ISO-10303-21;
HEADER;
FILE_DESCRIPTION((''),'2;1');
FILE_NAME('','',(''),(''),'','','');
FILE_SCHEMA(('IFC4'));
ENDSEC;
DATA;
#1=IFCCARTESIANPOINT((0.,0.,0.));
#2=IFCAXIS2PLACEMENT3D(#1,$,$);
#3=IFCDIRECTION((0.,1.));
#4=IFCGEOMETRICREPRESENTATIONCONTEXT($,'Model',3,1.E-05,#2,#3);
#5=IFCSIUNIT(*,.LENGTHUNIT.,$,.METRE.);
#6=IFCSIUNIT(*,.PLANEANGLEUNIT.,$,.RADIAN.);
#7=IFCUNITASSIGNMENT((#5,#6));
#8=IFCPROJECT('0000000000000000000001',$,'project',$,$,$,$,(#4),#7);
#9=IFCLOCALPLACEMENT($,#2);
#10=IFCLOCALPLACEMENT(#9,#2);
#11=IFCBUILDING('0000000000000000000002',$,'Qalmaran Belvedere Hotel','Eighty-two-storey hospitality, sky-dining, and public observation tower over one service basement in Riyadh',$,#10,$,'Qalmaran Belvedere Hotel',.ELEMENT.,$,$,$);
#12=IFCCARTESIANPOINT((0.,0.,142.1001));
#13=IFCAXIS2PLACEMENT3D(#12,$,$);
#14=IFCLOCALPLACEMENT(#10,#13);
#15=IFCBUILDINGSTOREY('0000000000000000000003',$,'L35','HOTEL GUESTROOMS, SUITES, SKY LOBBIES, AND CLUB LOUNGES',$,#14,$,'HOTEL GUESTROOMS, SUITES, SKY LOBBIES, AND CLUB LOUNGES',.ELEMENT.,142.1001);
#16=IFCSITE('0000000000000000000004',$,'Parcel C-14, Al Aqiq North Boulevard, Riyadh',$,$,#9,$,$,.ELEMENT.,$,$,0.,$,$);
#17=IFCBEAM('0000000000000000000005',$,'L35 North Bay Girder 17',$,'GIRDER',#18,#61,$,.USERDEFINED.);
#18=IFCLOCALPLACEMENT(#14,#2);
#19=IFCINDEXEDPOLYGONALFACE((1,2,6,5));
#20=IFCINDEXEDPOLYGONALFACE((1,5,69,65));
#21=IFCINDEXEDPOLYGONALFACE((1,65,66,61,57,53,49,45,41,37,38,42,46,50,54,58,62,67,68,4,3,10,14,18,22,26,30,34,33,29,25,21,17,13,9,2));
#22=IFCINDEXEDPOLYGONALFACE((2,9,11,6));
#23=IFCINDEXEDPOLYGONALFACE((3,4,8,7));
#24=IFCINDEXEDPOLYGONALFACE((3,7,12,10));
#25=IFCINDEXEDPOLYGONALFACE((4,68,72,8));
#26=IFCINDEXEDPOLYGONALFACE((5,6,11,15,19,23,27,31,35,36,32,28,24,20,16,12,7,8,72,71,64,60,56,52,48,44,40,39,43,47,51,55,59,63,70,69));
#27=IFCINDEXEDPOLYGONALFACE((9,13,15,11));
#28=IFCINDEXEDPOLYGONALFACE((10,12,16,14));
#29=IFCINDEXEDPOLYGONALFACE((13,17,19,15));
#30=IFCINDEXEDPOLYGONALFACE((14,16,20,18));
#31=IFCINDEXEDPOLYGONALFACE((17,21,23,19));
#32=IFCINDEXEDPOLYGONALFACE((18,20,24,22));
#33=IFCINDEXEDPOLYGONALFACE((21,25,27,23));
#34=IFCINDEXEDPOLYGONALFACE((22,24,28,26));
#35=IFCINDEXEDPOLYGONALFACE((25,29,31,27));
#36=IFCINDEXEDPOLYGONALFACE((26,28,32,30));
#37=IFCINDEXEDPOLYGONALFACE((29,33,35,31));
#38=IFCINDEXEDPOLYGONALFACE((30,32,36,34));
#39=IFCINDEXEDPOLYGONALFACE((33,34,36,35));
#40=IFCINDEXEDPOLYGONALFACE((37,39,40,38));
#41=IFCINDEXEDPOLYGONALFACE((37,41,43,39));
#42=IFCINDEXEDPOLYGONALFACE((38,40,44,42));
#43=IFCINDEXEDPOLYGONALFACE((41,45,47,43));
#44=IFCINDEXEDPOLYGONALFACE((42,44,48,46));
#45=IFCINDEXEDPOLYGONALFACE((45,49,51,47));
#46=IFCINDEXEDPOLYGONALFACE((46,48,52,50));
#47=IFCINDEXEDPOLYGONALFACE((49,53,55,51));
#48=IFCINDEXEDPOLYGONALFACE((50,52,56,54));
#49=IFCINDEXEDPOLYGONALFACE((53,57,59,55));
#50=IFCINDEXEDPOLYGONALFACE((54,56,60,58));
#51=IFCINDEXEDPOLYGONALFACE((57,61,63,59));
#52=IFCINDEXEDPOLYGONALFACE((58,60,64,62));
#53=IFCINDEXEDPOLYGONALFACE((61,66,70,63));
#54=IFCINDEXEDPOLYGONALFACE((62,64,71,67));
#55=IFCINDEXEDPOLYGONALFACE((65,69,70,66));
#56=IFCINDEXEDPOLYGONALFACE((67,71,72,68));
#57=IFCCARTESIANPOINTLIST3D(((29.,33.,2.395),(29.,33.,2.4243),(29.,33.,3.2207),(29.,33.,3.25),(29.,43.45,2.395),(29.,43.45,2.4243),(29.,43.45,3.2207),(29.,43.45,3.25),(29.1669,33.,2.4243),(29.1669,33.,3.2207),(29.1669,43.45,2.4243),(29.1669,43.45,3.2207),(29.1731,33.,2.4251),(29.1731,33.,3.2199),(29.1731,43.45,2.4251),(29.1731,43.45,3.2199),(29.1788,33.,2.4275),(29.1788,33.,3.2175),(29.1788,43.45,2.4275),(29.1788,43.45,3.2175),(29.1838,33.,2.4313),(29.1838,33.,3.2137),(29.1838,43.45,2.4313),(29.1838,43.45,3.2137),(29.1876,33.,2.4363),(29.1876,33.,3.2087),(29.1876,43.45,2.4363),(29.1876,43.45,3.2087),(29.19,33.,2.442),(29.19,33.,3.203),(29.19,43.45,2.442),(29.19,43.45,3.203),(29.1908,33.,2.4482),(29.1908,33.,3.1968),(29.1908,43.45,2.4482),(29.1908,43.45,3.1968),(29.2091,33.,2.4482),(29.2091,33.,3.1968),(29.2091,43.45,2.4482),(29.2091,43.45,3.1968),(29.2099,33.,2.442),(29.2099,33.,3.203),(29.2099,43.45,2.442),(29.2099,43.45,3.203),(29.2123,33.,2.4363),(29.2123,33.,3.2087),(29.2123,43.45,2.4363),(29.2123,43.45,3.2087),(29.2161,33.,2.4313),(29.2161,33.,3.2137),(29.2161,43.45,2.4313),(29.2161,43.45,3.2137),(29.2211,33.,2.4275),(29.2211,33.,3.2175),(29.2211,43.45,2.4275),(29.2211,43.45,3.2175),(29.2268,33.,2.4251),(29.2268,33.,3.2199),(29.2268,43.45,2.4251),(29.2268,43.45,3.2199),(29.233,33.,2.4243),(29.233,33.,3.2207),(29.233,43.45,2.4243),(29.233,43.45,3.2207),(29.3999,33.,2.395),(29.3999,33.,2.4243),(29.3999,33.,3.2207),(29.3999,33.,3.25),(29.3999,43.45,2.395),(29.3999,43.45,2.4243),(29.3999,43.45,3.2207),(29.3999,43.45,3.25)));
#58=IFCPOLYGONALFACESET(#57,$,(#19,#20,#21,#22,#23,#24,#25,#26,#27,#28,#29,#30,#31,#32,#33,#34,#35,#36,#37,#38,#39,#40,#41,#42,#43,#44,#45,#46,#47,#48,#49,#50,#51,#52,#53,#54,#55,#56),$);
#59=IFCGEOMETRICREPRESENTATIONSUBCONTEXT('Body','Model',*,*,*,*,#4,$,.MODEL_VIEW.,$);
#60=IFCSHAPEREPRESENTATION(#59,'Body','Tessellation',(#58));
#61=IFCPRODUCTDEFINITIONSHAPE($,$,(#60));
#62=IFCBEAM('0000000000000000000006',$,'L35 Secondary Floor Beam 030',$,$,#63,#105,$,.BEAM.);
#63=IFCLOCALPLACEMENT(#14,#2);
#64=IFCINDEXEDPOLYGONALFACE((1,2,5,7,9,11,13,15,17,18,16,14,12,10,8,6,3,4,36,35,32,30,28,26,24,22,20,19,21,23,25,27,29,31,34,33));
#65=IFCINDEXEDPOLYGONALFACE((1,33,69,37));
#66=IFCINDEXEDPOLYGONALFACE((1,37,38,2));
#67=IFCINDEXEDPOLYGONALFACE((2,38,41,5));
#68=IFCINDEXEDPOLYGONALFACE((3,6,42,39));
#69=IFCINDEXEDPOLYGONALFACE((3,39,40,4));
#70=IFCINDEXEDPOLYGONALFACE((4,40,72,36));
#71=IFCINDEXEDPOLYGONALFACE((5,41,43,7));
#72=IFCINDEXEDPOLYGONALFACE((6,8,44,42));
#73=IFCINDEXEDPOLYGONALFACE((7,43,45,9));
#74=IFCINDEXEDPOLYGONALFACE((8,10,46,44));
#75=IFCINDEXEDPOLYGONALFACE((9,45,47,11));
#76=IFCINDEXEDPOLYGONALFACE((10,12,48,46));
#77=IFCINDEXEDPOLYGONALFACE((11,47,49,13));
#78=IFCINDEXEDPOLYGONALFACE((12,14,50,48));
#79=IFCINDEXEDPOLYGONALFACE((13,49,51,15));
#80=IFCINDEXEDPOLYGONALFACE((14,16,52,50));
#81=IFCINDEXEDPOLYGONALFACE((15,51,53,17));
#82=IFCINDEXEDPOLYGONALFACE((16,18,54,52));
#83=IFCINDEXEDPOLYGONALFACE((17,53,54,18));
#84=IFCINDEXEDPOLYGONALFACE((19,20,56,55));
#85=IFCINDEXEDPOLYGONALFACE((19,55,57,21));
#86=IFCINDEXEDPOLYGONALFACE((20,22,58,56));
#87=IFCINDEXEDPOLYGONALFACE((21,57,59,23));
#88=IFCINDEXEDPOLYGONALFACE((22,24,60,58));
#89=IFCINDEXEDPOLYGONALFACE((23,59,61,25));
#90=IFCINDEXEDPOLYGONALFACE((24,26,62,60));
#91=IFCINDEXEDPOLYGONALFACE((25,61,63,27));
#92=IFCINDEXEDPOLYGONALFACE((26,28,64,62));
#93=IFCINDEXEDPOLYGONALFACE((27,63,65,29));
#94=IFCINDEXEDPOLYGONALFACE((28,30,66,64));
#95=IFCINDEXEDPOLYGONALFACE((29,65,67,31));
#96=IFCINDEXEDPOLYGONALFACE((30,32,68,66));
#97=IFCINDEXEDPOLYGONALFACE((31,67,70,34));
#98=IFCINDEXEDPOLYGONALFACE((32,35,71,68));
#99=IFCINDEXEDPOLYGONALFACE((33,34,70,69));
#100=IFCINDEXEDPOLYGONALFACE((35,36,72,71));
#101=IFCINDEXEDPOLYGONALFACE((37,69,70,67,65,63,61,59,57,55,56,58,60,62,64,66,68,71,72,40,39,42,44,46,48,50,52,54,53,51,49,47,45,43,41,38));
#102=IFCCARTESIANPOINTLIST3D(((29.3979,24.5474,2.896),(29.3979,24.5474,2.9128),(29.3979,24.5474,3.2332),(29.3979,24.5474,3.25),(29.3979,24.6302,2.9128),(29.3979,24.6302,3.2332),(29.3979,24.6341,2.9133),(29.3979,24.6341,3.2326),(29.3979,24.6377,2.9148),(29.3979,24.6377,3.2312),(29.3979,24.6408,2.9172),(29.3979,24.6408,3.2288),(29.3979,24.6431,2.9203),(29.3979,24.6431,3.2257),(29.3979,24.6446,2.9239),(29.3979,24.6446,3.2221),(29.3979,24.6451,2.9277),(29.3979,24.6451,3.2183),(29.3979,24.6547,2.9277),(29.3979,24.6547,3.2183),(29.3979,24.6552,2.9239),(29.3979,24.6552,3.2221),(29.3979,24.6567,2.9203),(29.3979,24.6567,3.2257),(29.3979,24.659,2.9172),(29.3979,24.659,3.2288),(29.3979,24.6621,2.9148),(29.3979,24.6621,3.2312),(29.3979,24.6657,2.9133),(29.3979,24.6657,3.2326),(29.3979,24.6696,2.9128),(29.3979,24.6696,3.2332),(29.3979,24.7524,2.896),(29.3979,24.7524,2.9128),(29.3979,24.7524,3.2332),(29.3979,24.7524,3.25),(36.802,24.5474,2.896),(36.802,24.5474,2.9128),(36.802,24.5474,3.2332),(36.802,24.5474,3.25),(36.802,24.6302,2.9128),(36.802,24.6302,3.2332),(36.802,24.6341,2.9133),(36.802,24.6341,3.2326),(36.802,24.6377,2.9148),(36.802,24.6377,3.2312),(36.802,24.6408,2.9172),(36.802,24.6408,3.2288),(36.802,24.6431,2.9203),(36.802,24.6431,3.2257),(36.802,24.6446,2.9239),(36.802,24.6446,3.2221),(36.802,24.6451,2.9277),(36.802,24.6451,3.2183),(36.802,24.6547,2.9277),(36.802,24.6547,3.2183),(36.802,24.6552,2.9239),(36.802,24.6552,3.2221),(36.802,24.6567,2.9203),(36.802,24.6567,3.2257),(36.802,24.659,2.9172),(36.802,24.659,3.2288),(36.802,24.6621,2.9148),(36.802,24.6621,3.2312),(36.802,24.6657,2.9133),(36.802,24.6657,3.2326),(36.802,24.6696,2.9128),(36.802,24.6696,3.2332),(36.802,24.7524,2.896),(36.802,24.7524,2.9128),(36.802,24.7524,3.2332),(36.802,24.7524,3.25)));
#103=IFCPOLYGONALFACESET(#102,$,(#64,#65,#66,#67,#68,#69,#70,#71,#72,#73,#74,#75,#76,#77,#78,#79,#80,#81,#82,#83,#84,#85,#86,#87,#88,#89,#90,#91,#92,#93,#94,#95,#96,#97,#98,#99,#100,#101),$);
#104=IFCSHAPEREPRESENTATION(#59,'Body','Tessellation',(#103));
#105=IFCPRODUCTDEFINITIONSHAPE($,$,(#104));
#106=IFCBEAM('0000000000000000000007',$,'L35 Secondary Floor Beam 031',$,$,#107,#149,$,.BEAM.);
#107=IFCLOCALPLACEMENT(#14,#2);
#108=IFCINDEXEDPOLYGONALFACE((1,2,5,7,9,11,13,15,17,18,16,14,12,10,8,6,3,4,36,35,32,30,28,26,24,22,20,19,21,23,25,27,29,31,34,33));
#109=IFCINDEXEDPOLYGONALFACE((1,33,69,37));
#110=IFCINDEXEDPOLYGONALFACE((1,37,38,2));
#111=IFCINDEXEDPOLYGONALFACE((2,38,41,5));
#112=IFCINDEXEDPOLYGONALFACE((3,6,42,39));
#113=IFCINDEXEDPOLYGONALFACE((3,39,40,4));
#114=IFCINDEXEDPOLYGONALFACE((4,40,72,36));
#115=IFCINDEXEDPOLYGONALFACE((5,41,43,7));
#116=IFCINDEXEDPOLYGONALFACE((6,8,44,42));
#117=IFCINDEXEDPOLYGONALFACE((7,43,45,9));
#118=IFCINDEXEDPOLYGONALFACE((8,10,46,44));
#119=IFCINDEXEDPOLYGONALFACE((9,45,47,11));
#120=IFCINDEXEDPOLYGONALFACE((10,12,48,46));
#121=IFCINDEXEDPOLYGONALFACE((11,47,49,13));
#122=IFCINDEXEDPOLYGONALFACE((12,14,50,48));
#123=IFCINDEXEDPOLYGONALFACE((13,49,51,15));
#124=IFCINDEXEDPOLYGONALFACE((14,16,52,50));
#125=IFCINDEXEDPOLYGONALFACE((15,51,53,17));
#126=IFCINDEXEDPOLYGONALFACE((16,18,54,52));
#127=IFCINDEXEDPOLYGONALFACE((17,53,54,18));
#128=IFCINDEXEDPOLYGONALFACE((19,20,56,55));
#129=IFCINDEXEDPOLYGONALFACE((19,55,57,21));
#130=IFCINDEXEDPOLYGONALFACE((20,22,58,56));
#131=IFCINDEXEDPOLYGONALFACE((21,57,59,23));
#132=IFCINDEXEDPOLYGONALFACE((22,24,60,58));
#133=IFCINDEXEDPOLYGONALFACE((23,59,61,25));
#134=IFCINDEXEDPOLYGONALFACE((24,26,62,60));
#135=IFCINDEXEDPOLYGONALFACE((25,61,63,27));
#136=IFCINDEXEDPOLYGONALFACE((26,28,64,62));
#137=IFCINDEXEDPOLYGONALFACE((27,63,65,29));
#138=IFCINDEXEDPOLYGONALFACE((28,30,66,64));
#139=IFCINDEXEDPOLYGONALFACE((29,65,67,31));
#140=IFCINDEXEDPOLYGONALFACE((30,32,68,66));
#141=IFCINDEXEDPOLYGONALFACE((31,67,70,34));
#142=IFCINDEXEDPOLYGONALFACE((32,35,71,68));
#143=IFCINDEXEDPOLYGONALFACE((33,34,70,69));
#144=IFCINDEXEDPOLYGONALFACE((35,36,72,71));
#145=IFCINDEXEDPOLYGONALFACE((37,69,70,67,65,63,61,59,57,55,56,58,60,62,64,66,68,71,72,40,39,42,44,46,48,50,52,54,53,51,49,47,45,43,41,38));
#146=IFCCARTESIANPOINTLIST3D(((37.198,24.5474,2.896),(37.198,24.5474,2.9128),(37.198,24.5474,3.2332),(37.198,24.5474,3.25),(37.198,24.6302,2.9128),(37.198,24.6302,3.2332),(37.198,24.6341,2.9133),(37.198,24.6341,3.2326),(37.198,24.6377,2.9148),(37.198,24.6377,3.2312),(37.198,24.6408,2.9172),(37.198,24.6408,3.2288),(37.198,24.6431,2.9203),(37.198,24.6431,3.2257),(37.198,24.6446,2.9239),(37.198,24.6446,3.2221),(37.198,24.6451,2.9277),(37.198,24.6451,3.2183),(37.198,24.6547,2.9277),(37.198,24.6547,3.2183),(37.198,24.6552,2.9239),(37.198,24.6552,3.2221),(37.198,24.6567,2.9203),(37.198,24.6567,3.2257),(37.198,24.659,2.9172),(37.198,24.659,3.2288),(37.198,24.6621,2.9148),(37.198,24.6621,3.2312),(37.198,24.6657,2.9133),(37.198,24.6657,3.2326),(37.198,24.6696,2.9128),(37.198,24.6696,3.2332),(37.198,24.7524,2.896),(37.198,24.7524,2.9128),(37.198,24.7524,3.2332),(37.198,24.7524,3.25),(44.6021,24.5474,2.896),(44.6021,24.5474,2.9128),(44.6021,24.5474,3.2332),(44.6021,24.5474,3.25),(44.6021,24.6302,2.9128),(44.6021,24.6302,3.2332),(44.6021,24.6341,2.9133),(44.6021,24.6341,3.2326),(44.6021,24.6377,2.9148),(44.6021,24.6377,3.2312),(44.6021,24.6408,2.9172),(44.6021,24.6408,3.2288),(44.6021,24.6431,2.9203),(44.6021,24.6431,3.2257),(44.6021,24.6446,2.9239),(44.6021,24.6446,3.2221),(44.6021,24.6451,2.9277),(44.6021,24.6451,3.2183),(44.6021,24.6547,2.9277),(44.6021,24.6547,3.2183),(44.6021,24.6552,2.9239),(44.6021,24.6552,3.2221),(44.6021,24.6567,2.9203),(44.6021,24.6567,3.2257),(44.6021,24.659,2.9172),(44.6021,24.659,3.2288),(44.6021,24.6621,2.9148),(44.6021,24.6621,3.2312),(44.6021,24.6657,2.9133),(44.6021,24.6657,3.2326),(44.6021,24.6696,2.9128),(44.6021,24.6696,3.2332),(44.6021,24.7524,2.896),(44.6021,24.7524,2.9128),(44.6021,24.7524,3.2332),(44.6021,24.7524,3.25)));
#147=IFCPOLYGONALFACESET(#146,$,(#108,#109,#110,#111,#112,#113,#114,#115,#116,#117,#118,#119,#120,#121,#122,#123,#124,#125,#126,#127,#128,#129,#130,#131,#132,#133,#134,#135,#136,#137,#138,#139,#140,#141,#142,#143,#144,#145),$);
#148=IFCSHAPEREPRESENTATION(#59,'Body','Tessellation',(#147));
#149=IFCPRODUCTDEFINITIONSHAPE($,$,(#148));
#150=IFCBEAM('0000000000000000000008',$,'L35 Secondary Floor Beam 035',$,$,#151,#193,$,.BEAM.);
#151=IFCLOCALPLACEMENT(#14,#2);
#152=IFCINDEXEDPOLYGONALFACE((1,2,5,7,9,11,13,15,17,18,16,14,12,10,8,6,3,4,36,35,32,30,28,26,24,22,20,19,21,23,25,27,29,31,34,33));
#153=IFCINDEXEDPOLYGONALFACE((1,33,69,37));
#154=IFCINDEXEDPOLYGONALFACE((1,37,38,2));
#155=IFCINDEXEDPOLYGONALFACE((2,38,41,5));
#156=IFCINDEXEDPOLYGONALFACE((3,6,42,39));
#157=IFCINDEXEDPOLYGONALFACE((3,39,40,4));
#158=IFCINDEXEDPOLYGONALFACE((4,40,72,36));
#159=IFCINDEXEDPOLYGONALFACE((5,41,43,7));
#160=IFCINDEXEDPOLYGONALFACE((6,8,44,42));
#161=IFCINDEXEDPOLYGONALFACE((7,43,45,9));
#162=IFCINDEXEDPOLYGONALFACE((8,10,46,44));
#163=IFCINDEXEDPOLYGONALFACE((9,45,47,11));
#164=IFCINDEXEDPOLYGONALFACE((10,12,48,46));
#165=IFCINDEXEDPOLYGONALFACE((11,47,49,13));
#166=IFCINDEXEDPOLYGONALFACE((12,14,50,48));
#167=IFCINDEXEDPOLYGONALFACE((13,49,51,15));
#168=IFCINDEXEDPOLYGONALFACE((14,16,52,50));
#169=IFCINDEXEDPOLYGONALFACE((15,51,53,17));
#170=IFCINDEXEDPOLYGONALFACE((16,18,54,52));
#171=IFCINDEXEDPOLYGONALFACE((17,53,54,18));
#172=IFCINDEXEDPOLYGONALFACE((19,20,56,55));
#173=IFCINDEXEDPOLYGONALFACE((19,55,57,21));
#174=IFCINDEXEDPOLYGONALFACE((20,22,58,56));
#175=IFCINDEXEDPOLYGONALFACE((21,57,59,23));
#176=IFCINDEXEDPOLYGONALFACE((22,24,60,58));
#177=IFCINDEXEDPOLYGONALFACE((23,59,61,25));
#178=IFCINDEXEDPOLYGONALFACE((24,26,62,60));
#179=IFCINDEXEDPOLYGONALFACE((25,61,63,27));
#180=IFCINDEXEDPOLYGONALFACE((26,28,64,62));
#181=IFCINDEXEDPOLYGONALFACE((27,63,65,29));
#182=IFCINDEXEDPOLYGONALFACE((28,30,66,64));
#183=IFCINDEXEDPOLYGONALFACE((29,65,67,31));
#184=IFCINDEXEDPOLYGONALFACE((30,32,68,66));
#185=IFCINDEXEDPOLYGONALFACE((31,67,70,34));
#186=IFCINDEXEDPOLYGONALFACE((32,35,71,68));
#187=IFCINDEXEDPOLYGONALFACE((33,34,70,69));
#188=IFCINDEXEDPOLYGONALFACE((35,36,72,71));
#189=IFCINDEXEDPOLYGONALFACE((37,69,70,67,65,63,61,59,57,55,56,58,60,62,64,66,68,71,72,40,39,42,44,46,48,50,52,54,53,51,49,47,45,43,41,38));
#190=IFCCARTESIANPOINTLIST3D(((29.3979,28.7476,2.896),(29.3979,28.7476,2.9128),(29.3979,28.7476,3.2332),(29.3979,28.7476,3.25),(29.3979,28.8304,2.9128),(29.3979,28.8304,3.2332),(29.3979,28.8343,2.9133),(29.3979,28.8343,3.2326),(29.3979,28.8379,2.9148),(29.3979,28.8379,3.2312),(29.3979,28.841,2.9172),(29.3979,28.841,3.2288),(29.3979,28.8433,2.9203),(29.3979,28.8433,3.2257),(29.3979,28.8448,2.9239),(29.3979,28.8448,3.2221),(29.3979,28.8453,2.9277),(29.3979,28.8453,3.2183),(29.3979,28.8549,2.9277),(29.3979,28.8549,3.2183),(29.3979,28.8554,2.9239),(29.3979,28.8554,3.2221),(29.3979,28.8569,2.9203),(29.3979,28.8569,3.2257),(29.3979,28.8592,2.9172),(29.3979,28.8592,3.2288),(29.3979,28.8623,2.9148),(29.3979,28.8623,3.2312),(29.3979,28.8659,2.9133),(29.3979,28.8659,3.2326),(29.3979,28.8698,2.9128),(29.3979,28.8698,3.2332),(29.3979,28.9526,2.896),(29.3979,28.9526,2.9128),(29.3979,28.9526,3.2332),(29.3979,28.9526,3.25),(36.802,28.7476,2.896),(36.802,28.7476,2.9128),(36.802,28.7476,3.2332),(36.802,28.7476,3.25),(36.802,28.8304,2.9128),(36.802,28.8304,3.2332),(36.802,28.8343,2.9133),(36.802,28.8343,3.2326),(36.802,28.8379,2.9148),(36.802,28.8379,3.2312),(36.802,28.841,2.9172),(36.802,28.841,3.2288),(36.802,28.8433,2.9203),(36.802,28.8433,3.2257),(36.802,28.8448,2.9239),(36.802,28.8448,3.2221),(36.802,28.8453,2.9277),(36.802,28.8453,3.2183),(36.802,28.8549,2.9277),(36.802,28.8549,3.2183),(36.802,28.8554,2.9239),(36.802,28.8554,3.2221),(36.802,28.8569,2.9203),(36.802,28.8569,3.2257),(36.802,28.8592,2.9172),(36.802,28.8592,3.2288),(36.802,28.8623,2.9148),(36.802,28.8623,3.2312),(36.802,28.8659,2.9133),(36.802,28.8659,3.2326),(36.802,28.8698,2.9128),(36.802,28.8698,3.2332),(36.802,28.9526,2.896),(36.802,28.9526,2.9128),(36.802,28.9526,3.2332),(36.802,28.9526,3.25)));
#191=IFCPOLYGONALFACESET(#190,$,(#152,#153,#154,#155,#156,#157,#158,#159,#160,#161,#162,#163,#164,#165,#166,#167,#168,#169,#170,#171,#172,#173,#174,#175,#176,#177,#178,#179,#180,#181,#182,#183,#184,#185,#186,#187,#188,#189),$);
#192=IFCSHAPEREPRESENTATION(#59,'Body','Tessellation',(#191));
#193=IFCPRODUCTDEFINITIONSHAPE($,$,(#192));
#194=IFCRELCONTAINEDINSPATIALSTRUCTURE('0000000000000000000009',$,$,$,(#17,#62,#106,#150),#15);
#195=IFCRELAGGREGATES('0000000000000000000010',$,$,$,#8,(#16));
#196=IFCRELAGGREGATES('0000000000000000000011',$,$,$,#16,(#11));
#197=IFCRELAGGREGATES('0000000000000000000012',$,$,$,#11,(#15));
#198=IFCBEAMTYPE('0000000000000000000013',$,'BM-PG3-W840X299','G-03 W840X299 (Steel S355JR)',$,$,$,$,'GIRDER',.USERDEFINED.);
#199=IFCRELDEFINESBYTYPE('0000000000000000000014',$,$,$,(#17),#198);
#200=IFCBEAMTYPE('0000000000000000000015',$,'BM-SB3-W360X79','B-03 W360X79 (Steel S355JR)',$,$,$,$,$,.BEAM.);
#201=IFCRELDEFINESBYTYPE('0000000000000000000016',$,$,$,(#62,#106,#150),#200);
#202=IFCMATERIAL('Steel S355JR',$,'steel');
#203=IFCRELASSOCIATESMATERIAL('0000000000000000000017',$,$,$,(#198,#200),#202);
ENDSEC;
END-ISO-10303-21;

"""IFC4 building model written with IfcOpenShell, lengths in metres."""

from ifc_helpers import new_model, si_unit, direction, frame, origin, origin_2d, place, context, subcontext, project, spatial, i_section, extrude, material, material_profile, profile_set, type_object, element, save


model = new_model("IFC4")

# Units and contexts
model_context = context("Model", 3, precision=1e-05, world=origin(), true_north=direction((0.0, 1.0)))
body_context = subcontext(model_context, "Body", "Model", "MODEL_VIEW")
ifc_project = project(units=[si_unit("LENGTHUNIT", "METRE"), si_unit("PLANEANGLEUNIT", "RADIAN")], contexts=[model_context])

# Site, building, storey
site_placement = place(None, origin())
site = spatial("IfcSite", under=ifc_project, at=site_placement, Name="Parcel C-14, Al Aqiq North Boulevard, Riyadh", CompositionType="ELEMENT", RefElevation=0.0)
building_placement = place(site_placement, origin())
building = spatial("IfcBuilding", under=site, at=building_placement, Name="Qalmaran Belvedere Hotel", Description="Eighty-two-storey hospitality, sky-dining, and public observation tower over one service basement in Riyadh", LongName="Qalmaran Belvedere Hotel", CompositionType="ELEMENT")
storey_placement = place(building_placement, frame((0.0, 0.0, 142.1001)))
storey = spatial("IfcBuildingStorey", under=building, at=storey_placement, Name="L35", Description="HOTEL GUESTROOMS, SUITES, SKY LOBBIES, AND CLUB LOUNGES", LongName="HOTEL GUESTROOMS, SUITES, SKY LOBBIES, AND CLUB LOUNGES", CompositionType="ELEMENT", Elevation=142.1001)

# Beams
ifc_material_1 = material(Name="Steel S355JR", Category="steel")
ifc_material_profile_1 = material_profile(ifc_material_1, i_section(OverallWidth=0.3999, OverallDepth=0.855, WebThickness=0.0183, FlangeThickness=0.0293, FilletRadius=0.0239, at=origin_2d()), Name="W840X299")
ifc_profile_set_1 = profile_set([ifc_material_profile_1], Name="Steel S355JR")
beam_type_1 = type_object("IfcBeamType", Name="BM-PG3-W840X299", Description="G-03 W840X299 (Steel S355JR)", ElementType="GIRDER", PredefinedType="USERDEFINED", material=ifc_profile_set_1)
beam_1_placement = place(storey_placement, frame((29.2, 33.0, 2.8225), z_axis=(0.0, 1.0, 0.0), x_axis=(-1.0, 0.0, 0.0)))
element("IfcBeam", 1, at=beam_1_placement, inside=storey, type_object=beam_type_1, Name="L35 North Bay Girder 17", ObjectType="GIRDER", PredefinedType="USERDEFINED", context=body_context, shape_type="SweptSolid", body=[
    extrude(i_section(OverallWidth=0.3999, OverallDepth=0.855, WebThickness=0.0183, FlangeThickness=0.0293, FilletRadius=0.0239, at=origin_2d()), origin(), (0.0, 0.0, 1.0), 10.45),
])
ifc_material_profile_2 = material_profile(ifc_material_1, i_section(OverallWidth=0.2051, OverallDepth=0.354, WebThickness=0.0095, FlangeThickness=0.0168, FilletRadius=0.0149, at=origin_2d()), Name="W360X79")
ifc_profile_set_2 = profile_set([ifc_material_profile_2], Name="Steel S355JR")
beam_type_2 = type_object("IfcBeamType", Name="BM-SB3-W360X79", Description="B-03 W360X79 (Steel S355JR)", PredefinedType="BEAM", material=ifc_profile_set_2)
for number, where, z_axis, x_axis, name in (
    (2, (29.3979, 24.6499, 3.073), (1.0, 0.0, 0.0), (0.0, 1.0, 0.0), "L35 Secondary Floor Beam 030"),
    (3, (37.198, 24.6499, 3.073), (1.0, 0.0, 0.0), (0.0, 1.0, 0.0), "L35 Secondary Floor Beam 031"),
    (4, (29.3979, 28.8501, 3.073), (1.0, 0.0, 0.0), (0.0, 1.0, 0.0), "L35 Secondary Floor Beam 035"),
):
    element("IfcBeam", number, at=place(storey_placement, frame(where, z_axis=z_axis, x_axis=x_axis)), inside=storey, type_object=beam_type_2, Name=name, PredefinedType="BEAM", context=body_context, shape_type="SweptSolid", body=[
        extrude(i_section(OverallWidth=0.2051, OverallDepth=0.354, WebThickness=0.0095, FlangeThickness=0.0168, FilletRadius=0.0149, at=origin_2d()), origin(), (0.0, 0.0, 1.0), 7.4041),
    ])

save(model, "model.ifc")
